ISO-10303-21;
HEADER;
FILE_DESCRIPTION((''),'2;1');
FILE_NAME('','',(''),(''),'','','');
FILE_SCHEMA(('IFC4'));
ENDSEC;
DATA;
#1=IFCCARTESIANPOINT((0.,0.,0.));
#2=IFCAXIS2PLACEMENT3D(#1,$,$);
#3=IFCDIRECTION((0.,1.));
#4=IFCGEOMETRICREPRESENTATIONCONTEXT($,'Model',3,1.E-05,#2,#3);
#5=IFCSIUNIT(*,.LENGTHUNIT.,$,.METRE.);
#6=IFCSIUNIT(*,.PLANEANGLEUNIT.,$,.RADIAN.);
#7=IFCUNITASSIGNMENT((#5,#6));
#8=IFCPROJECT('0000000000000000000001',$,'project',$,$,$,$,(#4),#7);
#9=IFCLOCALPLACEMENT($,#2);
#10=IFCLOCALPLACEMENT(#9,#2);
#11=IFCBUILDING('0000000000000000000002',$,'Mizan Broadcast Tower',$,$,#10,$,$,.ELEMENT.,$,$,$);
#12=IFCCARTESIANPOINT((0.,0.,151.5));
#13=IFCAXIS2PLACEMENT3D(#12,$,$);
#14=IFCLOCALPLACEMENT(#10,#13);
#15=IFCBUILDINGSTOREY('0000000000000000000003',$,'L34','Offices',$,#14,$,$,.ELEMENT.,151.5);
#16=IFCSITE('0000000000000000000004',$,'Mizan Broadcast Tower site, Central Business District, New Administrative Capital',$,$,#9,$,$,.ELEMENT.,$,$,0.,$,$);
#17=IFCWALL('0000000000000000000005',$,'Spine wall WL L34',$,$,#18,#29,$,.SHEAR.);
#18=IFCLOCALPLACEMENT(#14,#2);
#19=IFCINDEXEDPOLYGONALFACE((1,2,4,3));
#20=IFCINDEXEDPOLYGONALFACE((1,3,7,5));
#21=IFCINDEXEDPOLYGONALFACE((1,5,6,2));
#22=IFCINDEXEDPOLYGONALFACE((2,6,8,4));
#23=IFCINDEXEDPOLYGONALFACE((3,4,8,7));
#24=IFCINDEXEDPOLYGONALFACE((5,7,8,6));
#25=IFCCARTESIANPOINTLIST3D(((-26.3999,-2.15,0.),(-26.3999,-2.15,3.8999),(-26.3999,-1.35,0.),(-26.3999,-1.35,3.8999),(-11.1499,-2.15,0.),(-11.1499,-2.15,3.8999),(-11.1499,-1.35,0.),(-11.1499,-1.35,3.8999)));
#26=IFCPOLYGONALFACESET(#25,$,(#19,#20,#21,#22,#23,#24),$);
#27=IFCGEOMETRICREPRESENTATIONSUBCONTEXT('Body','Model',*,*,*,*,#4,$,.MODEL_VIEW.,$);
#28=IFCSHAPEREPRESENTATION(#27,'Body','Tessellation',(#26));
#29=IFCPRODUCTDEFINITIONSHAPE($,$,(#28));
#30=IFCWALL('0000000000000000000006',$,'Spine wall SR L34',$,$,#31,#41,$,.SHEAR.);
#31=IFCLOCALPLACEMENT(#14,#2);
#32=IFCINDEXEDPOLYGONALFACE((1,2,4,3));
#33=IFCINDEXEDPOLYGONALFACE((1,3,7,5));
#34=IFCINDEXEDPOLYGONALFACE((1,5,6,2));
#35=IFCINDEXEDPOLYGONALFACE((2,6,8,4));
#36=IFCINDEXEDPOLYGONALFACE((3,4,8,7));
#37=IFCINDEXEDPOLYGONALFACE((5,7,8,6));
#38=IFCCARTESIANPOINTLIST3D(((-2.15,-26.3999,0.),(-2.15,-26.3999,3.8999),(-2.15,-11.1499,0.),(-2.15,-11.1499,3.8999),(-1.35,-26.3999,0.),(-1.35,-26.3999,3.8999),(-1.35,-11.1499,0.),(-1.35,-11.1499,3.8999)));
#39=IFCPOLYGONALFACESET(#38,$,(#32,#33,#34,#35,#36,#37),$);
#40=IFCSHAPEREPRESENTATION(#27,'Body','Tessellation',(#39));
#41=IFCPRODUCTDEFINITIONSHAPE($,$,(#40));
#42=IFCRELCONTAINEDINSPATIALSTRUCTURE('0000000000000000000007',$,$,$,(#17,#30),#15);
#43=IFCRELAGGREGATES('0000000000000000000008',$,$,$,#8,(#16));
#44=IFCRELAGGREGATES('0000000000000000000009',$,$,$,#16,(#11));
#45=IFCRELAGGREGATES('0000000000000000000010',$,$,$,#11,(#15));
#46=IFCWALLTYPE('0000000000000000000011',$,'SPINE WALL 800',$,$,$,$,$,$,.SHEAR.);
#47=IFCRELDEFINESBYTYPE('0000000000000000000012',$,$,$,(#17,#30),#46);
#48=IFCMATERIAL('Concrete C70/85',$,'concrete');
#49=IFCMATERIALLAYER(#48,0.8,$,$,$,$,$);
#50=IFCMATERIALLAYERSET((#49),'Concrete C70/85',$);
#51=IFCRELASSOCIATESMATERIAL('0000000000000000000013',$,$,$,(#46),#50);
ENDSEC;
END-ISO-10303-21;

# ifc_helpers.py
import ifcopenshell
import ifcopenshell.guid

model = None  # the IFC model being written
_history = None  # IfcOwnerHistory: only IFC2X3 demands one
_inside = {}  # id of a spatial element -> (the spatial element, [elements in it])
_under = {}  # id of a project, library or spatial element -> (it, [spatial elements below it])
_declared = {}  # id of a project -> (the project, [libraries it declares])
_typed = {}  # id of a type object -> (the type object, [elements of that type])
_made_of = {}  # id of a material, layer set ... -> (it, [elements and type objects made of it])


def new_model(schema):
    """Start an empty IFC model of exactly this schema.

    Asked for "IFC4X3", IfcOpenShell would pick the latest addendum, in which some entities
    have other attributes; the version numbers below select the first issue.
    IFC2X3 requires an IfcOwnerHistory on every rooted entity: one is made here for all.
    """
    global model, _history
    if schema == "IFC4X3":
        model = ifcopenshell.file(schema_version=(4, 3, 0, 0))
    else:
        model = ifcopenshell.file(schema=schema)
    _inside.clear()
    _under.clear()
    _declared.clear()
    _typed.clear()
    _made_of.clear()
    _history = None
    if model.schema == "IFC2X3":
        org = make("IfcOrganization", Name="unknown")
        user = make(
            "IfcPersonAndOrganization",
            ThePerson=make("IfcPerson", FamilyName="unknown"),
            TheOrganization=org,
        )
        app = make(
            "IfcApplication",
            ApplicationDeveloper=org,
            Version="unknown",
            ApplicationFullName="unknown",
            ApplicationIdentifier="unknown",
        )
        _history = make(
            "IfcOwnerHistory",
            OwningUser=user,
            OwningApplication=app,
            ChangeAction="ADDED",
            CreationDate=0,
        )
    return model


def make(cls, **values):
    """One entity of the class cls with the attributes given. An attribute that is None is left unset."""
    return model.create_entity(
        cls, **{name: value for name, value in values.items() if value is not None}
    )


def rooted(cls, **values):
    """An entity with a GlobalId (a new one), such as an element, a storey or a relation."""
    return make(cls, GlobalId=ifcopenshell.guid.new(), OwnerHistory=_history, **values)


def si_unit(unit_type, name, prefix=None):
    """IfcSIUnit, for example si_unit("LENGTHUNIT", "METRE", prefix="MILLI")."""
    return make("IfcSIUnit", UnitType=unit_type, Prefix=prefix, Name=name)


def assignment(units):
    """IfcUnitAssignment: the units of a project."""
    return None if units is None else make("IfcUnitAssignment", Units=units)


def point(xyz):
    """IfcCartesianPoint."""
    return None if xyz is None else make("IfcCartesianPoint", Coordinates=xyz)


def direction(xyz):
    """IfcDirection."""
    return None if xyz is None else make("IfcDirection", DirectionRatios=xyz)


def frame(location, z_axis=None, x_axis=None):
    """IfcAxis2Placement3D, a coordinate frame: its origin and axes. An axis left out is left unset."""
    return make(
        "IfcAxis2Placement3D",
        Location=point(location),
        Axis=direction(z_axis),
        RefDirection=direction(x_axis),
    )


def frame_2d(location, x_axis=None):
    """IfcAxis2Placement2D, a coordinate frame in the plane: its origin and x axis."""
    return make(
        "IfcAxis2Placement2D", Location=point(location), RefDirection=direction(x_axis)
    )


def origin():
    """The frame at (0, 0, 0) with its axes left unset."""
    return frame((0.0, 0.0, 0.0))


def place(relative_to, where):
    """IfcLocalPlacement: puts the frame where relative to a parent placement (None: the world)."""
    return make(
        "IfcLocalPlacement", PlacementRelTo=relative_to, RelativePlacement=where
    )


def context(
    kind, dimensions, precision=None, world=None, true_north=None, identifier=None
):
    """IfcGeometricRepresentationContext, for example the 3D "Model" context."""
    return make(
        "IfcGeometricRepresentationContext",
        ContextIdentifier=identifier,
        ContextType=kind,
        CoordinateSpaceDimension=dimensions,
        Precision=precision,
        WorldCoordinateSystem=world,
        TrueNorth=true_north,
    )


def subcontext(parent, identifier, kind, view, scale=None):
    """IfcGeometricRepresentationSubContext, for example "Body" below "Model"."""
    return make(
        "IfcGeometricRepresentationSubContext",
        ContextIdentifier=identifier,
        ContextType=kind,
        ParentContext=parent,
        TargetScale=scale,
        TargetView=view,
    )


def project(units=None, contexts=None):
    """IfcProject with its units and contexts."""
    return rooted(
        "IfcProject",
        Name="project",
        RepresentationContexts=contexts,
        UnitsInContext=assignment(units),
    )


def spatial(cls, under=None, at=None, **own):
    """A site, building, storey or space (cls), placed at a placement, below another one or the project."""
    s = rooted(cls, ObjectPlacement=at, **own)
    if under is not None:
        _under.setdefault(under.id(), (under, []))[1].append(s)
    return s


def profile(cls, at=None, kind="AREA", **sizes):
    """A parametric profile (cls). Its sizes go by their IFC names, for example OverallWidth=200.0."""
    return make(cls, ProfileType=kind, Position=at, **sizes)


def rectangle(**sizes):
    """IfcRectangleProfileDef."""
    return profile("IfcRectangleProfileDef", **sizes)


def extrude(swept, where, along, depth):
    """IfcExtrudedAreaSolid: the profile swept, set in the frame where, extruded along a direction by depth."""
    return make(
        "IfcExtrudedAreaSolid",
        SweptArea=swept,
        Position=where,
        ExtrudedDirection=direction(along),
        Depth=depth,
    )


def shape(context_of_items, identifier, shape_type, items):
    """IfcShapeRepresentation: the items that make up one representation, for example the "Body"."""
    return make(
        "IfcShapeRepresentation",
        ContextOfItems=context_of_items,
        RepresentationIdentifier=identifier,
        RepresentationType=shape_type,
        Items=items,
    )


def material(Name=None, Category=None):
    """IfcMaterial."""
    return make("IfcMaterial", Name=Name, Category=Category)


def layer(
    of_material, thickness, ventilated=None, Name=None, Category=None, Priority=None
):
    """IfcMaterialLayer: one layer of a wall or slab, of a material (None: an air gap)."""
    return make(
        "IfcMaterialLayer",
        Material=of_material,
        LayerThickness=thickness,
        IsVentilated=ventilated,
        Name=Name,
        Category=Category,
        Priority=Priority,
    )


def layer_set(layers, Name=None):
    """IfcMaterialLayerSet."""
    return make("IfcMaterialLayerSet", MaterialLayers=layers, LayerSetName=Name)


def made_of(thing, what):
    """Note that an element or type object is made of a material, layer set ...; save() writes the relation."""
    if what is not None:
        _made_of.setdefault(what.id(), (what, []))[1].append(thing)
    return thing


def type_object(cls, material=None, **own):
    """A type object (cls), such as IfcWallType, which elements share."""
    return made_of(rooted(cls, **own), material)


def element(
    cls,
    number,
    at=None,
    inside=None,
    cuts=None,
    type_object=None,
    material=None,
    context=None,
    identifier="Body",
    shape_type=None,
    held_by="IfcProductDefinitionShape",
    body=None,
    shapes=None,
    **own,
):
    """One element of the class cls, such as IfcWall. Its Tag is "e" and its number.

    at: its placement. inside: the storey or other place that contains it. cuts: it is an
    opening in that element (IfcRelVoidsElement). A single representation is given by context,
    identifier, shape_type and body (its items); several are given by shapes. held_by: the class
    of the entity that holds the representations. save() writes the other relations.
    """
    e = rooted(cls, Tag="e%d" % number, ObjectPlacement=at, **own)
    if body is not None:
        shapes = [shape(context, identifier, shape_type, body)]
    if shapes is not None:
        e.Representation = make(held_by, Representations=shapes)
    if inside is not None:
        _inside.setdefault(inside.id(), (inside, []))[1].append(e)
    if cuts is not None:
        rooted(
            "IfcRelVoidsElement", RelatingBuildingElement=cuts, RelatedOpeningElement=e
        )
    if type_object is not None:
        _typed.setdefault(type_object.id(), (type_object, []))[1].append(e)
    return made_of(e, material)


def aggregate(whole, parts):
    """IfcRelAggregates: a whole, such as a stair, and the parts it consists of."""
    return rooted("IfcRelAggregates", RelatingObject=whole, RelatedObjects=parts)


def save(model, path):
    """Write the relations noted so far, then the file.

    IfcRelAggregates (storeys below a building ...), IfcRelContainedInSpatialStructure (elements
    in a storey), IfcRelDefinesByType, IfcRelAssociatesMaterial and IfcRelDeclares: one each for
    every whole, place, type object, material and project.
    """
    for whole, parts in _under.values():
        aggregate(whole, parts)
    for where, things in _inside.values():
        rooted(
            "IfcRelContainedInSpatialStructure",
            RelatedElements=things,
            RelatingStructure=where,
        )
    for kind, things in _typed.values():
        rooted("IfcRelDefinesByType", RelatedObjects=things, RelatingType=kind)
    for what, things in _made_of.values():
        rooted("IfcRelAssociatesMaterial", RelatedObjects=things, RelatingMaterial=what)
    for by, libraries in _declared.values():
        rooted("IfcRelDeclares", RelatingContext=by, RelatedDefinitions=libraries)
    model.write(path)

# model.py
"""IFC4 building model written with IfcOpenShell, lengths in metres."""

from ifc_helpers import new_model, si_unit, direction, frame, frame_2d, origin, place, context, subcontext, project, spatial, rectangle, extrude, material, layer, layer_set, type_object, element, save


model = new_model("IFC4")

# Units and contexts
model_context = context("Model", 3, precision=1e-05, world=origin(), true_north=direction((0.0, 1.0)))
body_context = subcontext(model_context, "Body", "Model", "MODEL_VIEW")
ifc_project = project(units=[si_unit("LENGTHUNIT", "METRE"), si_unit("PLANEANGLEUNIT", "RADIAN")], contexts=[model_context])

# Site, building, storey
site_placement = place(None, origin())
site = spatial("IfcSite", under=ifc_project, at=site_placement, Name="Mizan Broadcast Tower site, Central Business District, New Administrative Capital", CompositionType="ELEMENT", RefElevation=0.0)
building_placement = place(site_placement, origin())
building = spatial("IfcBuilding", under=site, at=building_placement, Name="Mizan Broadcast Tower", CompositionType="ELEMENT")
storey_placement = place(building_placement, frame((0.0, 0.0, 151.5)))
storey = spatial("IfcBuildingStorey", under=building, at=storey_placement, Name="L34", Description="Offices", CompositionType="ELEMENT", Elevation=151.5)

# Walls
ifc_material_1 = material(Name="Concrete C70/85", Category="concrete")
ifc_layer_1 = layer(ifc_material_1, 0.8)
ifc_layer_set_1 = layer_set([ifc_layer_1], Name="Concrete C70/85")
wall_type_1 = type_object("IfcWallType", Name="SPINE WALL 800", PredefinedType="SHEAR", material=ifc_layer_set_1)
for number, where, z_axis, x_axis, name in (
    (1, (-11.1499, -1.75, 0.0), (0.0, 0.0, 1.0), (-1.0, 0.0, 0.0), "Spine wall WL L34"),
    (2, (-1.75, -11.1499, 0.0), (0.0, 0.0, 1.0), (0.0, -1.0, 0.0), "Spine wall SR L34"),
):
    element("IfcWall", number, at=place(storey_placement, frame(where, z_axis=z_axis, x_axis=x_axis)), inside=storey, type_object=wall_type_1, Name=name, PredefinedType="SHEAR", context=body_context, shape_type="SweptSolid", body=[
        extrude(rectangle(XDim=15.25, YDim=0.8, at=frame_2d((7.625, 0.0))), origin(), (0.0, 0.0, 1.0), 3.8999),
    ])

save(model, "model.ifc")
